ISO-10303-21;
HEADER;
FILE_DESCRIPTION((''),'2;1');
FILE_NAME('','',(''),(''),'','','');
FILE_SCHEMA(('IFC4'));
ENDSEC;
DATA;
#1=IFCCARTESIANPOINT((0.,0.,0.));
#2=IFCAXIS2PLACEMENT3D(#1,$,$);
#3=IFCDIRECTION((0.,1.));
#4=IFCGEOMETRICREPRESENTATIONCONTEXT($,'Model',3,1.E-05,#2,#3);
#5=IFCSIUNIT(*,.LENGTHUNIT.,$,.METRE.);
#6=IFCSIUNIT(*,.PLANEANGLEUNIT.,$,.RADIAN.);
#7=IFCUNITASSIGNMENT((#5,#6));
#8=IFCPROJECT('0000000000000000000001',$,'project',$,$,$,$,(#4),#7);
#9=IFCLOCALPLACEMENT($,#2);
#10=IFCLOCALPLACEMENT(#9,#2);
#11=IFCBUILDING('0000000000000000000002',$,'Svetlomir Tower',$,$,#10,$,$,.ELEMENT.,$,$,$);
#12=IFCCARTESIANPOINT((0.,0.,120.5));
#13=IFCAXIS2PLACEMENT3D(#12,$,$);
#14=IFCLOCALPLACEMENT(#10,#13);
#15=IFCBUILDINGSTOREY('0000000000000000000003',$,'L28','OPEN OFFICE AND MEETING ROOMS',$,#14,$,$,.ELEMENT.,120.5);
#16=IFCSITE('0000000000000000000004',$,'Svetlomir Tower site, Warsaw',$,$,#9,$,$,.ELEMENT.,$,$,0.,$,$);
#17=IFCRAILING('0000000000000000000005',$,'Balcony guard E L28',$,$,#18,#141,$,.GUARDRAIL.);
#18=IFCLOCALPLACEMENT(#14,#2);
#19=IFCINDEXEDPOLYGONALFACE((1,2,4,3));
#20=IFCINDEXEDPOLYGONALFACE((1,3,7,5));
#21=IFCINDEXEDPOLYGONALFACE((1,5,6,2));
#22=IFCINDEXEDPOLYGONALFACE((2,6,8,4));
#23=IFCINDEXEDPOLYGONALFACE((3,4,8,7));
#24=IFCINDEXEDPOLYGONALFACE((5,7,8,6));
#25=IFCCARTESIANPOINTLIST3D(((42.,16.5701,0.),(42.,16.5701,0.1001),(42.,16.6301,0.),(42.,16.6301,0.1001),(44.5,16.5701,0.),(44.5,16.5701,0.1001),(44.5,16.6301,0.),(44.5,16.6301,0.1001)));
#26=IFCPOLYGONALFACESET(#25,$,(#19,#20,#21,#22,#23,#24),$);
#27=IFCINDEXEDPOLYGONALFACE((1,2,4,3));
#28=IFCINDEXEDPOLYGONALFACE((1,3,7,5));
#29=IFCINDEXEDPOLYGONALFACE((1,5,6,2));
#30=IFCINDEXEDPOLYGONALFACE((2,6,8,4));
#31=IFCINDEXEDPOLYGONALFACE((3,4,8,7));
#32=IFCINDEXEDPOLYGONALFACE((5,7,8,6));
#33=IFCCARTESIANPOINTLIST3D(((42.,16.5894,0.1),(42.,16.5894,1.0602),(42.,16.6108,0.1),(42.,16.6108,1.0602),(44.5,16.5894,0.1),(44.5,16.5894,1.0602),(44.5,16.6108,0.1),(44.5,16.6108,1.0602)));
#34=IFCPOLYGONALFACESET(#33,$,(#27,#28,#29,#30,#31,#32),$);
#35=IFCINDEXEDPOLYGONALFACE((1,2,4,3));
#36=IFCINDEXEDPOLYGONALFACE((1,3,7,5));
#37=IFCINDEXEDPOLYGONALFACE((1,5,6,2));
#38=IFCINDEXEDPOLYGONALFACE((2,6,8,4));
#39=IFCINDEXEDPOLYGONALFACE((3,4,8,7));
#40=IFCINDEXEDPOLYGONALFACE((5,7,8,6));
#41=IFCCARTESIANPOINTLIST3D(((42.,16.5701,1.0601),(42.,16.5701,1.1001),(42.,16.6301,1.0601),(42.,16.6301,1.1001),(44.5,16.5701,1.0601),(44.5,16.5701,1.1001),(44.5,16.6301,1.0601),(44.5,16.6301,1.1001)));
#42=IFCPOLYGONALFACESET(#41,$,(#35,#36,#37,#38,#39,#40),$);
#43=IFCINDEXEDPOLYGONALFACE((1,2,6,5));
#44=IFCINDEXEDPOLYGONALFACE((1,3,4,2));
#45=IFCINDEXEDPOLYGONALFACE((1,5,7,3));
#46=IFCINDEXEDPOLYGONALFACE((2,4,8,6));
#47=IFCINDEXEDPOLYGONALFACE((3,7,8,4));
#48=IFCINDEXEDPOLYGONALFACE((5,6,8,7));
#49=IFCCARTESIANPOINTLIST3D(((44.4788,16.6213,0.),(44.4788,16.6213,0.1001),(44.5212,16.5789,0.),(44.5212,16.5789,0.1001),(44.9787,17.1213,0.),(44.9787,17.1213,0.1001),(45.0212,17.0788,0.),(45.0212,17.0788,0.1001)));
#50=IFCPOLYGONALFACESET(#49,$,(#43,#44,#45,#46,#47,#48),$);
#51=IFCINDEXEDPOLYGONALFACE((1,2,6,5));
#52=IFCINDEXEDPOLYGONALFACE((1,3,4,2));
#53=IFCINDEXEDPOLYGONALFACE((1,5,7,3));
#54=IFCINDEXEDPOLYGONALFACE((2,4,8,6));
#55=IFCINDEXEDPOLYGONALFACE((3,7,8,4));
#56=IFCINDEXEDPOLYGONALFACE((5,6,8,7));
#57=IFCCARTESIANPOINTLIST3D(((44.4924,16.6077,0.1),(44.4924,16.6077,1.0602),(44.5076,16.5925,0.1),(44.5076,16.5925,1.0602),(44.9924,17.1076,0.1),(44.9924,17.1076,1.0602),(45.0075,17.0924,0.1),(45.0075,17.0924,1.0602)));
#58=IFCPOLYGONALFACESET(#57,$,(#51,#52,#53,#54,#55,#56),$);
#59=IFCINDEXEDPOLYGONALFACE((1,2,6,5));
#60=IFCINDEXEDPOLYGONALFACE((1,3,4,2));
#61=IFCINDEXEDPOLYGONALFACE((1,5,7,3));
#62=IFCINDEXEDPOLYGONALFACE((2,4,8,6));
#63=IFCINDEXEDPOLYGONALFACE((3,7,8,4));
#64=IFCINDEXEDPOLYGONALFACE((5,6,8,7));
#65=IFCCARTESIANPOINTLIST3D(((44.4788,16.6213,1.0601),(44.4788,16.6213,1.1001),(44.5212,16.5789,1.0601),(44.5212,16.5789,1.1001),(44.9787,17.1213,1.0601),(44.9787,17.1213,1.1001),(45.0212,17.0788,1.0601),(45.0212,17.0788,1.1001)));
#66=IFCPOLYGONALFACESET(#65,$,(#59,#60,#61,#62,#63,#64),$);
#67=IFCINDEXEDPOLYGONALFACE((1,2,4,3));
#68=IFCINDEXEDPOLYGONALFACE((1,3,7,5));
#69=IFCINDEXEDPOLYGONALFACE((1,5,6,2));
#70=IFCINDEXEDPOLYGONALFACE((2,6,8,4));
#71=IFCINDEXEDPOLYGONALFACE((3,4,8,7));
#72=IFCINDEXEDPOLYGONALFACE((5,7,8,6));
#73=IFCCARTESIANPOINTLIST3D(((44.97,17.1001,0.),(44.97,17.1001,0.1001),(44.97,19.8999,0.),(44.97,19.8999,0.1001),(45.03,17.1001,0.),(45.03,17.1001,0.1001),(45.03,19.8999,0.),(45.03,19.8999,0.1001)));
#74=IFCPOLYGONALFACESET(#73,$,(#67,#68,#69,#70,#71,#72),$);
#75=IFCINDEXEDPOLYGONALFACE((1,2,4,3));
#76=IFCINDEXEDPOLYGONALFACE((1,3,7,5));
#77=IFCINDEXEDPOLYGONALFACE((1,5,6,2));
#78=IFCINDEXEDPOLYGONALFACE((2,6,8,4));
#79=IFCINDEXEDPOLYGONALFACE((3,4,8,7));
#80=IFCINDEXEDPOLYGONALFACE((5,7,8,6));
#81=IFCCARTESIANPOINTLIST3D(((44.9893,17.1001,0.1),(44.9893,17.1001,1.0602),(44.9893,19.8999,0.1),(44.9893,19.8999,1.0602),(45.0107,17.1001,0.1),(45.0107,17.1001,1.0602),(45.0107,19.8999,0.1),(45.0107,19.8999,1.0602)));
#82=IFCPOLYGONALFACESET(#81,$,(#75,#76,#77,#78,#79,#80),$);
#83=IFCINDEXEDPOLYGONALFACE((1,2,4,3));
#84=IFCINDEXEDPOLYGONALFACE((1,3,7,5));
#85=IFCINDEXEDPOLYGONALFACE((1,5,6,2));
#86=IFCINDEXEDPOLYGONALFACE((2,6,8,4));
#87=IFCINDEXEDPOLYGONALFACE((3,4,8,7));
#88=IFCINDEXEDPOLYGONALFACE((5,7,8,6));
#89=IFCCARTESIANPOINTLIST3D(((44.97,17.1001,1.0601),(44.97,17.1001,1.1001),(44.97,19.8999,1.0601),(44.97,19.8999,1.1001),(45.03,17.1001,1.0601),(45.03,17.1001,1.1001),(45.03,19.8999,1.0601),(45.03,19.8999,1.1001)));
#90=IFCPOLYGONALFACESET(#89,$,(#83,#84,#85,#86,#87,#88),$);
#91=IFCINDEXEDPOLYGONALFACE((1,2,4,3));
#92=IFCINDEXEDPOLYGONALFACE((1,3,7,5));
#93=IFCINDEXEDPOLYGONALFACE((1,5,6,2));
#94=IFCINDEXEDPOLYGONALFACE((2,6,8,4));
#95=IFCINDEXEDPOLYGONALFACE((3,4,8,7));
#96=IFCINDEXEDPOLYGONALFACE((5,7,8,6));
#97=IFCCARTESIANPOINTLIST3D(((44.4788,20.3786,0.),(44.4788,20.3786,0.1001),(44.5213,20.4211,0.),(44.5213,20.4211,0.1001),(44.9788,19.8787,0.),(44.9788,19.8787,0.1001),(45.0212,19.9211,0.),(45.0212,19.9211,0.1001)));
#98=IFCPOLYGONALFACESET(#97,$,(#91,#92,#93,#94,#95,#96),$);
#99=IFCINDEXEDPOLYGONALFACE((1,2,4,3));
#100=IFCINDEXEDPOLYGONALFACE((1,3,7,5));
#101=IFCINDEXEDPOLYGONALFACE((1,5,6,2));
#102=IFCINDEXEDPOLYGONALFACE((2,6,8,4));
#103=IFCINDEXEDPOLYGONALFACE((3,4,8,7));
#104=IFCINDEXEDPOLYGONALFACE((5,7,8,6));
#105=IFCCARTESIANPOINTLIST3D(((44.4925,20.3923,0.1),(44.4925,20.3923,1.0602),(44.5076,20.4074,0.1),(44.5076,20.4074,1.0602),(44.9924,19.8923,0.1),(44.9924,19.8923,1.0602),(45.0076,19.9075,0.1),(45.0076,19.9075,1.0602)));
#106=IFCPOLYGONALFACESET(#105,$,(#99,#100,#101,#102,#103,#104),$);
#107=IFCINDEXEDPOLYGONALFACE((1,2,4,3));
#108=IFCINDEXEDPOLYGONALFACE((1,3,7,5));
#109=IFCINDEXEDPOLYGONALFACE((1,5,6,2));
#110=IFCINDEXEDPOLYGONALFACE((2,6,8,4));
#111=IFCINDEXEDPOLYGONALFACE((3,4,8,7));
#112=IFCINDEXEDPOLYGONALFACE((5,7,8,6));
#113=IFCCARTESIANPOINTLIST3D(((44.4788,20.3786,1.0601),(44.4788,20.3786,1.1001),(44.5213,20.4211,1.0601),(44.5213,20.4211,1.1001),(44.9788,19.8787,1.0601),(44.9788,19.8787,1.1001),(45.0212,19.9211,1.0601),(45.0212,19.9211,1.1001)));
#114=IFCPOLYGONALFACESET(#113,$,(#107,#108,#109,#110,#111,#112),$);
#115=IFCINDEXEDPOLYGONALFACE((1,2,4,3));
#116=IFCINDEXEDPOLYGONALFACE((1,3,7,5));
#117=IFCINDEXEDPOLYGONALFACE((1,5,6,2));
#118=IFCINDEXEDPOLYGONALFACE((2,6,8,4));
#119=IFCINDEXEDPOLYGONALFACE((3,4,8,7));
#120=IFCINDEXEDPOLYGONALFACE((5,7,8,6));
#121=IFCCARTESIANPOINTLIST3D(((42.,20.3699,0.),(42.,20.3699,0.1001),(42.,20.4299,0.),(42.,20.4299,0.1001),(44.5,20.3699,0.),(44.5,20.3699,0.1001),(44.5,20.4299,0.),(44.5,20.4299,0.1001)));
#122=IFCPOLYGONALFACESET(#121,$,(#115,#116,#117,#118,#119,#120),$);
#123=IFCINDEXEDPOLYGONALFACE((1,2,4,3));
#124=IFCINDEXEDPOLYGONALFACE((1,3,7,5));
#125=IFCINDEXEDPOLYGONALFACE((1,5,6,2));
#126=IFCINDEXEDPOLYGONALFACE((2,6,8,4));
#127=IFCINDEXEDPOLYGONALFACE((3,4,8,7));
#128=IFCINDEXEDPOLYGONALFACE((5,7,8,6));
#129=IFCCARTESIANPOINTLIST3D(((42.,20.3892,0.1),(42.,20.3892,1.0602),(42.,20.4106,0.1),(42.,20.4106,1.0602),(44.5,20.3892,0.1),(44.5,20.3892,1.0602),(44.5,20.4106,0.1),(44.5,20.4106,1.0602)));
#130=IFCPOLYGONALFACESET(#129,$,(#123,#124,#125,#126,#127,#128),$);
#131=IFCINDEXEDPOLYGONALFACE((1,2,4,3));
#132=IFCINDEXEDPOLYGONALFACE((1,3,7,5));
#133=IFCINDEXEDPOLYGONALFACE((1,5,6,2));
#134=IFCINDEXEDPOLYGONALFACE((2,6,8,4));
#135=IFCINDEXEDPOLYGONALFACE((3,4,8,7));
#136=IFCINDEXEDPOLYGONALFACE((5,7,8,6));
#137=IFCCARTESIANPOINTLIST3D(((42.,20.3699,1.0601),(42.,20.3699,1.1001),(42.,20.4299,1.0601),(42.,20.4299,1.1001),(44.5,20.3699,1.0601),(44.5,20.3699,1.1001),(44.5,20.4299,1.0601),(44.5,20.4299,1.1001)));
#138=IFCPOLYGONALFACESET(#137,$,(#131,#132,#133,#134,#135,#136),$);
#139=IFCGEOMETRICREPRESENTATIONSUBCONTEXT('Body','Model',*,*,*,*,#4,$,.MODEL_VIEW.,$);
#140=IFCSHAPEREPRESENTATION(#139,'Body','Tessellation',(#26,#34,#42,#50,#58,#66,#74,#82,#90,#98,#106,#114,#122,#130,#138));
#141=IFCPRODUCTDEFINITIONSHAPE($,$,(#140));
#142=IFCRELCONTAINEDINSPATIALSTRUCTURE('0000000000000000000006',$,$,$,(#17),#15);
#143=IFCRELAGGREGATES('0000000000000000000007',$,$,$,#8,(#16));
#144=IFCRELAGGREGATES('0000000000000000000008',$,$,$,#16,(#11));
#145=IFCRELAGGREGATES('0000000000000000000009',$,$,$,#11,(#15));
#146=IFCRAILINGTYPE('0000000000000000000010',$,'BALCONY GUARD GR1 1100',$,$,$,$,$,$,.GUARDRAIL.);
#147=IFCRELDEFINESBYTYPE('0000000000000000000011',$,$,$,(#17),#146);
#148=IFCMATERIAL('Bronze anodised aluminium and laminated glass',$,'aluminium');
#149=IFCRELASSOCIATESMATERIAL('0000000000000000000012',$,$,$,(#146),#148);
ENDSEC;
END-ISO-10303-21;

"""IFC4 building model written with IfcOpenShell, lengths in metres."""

from ifc_helpers import new_model, si_unit, direction, frame, origin, origin_2d, place, context, subcontext, project, spatial, rectangle, extrude, material, type_object, element, save


model = new_model("IFC4")

# Units and contexts
model_context = context("Model", 3, precision=1e-05, world=origin(), true_north=direction((0.0, 1.0)))
body_context = subcontext(model_context, "Body", "Model", "MODEL_VIEW")
ifc_project = project(units=[si_unit("LENGTHUNIT", "METRE"), si_unit("PLANEANGLEUNIT", "RADIAN")], contexts=[model_context])

# Site, building, storey
site_placement = place(None, origin())
site = spatial("IfcSite", under=ifc_project, at=site_placement, Name="Svetlomir Tower site, Warsaw", CompositionType="ELEMENT", RefElevation=0.0)
building_placement = place(site_placement, origin())
building = spatial("IfcBuilding", under=site, at=building_placement, Name="Svetlomir Tower", CompositionType="ELEMENT")
storey_placement = place(building_placement, frame((0.0, 0.0, 120.5)))
storey = spatial("IfcBuildingStorey", under=building, at=storey_placement, Name="L28", Description="OPEN OFFICE AND MEETING ROOMS", CompositionType="ELEMENT", Elevation=120.5)

# Railing
ifc_material_1 = material(Name="Bronze anodised aluminium and laminated glass", Category="aluminium")
railing_type = type_object("IfcRailingType", Name="BALCONY GUARD GR1 1100", PredefinedType="GUARDRAIL", material=ifc_material_1)
railing_placement = place(storey_placement, frame((42.0, 16.6001, 0.0)))
element("IfcRailing", 1, at=railing_placement, inside=storey, type_object=railing_type, Name="Balcony guard E L28", PredefinedType="GUARDRAIL", context=body_context, shape_type="SweptSolid", body=[
    extrude(rectangle(XDim=0.0601, YDim=0.1001, at=origin_2d()), frame((0.0, 0.0, 0.05), z_axis=(1.0, 0.0, 0.0), x_axis=(0.0, 1.0, 0.0)), (0.0, 0.0, 1.0), 2.5),
    extrude(rectangle(XDim=0.0215, YDim=0.9602, at=origin_2d()), frame((0.0, 0.0, 0.5801), z_axis=(1.0, 0.0, 0.0), x_axis=(0.0, 1.0, 0.0)), (0.0, 0.0, 1.0), 2.5),
    extrude(rectangle(XDim=0.0601, YDim=0.04, at=origin_2d()), frame((0.0, 0.0, 1.0801), z_axis=(1.0, 0.0, 0.0), x_axis=(0.0, 1.0, 0.0)), (0.0, 0.0, 1.0), 2.5),
    extrude(rectangle(XDim=0.0601, YDim=0.1001, at=origin_2d()), frame((2.5, 0.0, 0.05), z_axis=(0.707107, 0.707107, 0.0), x_axis=(-0.707107, 0.707107, 0.0)), (0.0, 0.0, 1.0), 0.707),
    extrude(rectangle(XDim=0.0215, YDim=0.9602, at=origin_2d()), frame((2.5, 0.0, 0.5801), z_axis=(0.707107, 0.707107, 0.0), x_axis=(-0.707107, 0.707107, 0.0)), (0.0, 0.0, 1.0), 0.707),
    extrude(rectangle(XDim=0.0601, YDim=0.04, at=origin_2d()), frame((2.5, 0.0, 1.0801), z_axis=(0.707107, 0.707107, 0.0), x_axis=(-0.707107, 0.707107, 0.0)), (0.0, 0.0, 1.0), 0.707),
    extrude(rectangle(XDim=0.0601, YDim=0.1001, at=origin_2d()), frame((3.0, 0.5, 0.05), z_axis=(0.0, 1.0, 0.0), x_axis=(-1.0, 0.0, 0.0)), (0.0, 0.0, 1.0), 2.7998),
    extrude(rectangle(XDim=0.0215, YDim=0.9602, at=origin_2d()), frame((3.0, 0.5, 0.5801), z_axis=(0.0, 1.0, 0.0), x_axis=(-1.0, 0.0, 0.0)), (0.0, 0.0, 1.0), 2.7998),
    extrude(rectangle(XDim=0.0601, YDim=0.04, at=origin_2d()), frame((3.0, 0.5, 1.0801), z_axis=(0.0, 1.0, 0.0), x_axis=(-1.0, 0.0, 0.0)), (0.0, 0.0, 1.0), 2.7998),
    extrude(rectangle(XDim=0.0601, YDim=0.1001, at=origin_2d()), frame((3.0, 3.2998, 0.05), z_axis=(-0.707107, 0.707107, 0.0), x_axis=(-0.707107, -0.707107, 0.0)), (0.0, 0.0, 1.0), 0.707),
    extrude(rectangle(XDim=0.0215, YDim=0.9602, at=origin_2d()), frame((3.0, 3.2998, 0.5801), z_axis=(-0.707107, 0.707107, 0.0), x_axis=(-0.707107, -0.707107, 0.0)), (0.0, 0.0, 1.0), 0.707),
    extrude(rectangle(XDim=0.0601, YDim=0.04, at=origin_2d()), frame((3.0, 3.2998, 1.0801), z_axis=(-0.707107, 0.707107, 0.0), x_axis=(-0.707107, -0.707107, 0.0)), (0.0, 0.0, 1.0), 0.707),
    extrude(rectangle(XDim=0.0601, YDim=0.1001, at=origin_2d()), frame((2.5, 3.7998, 0.05), z_axis=(-1.0, 0.0, 0.0), x_axis=(0.0, -1.0, 0.0)), (0.0, 0.0, 1.0), 2.5),
    extrude(rectangle(XDim=0.0215, YDim=0.9602, at=origin_2d()), frame((2.5, 3.7998, 0.5801), z_axis=(-1.0, 0.0, 0.0), x_axis=(0.0, -1.0, 0.0)), (0.0, 0.0, 1.0), 2.5),
    extrude(rectangle(XDim=0.0601, YDim=0.04, at=origin_2d()), frame((2.5, 3.7998, 1.0801), z_axis=(-1.0, 0.0, 0.0), x_axis=(0.0, -1.0, 0.0)), (0.0, 0.0, 1.0), 2.5),
])

save(model, "model.ifc")
